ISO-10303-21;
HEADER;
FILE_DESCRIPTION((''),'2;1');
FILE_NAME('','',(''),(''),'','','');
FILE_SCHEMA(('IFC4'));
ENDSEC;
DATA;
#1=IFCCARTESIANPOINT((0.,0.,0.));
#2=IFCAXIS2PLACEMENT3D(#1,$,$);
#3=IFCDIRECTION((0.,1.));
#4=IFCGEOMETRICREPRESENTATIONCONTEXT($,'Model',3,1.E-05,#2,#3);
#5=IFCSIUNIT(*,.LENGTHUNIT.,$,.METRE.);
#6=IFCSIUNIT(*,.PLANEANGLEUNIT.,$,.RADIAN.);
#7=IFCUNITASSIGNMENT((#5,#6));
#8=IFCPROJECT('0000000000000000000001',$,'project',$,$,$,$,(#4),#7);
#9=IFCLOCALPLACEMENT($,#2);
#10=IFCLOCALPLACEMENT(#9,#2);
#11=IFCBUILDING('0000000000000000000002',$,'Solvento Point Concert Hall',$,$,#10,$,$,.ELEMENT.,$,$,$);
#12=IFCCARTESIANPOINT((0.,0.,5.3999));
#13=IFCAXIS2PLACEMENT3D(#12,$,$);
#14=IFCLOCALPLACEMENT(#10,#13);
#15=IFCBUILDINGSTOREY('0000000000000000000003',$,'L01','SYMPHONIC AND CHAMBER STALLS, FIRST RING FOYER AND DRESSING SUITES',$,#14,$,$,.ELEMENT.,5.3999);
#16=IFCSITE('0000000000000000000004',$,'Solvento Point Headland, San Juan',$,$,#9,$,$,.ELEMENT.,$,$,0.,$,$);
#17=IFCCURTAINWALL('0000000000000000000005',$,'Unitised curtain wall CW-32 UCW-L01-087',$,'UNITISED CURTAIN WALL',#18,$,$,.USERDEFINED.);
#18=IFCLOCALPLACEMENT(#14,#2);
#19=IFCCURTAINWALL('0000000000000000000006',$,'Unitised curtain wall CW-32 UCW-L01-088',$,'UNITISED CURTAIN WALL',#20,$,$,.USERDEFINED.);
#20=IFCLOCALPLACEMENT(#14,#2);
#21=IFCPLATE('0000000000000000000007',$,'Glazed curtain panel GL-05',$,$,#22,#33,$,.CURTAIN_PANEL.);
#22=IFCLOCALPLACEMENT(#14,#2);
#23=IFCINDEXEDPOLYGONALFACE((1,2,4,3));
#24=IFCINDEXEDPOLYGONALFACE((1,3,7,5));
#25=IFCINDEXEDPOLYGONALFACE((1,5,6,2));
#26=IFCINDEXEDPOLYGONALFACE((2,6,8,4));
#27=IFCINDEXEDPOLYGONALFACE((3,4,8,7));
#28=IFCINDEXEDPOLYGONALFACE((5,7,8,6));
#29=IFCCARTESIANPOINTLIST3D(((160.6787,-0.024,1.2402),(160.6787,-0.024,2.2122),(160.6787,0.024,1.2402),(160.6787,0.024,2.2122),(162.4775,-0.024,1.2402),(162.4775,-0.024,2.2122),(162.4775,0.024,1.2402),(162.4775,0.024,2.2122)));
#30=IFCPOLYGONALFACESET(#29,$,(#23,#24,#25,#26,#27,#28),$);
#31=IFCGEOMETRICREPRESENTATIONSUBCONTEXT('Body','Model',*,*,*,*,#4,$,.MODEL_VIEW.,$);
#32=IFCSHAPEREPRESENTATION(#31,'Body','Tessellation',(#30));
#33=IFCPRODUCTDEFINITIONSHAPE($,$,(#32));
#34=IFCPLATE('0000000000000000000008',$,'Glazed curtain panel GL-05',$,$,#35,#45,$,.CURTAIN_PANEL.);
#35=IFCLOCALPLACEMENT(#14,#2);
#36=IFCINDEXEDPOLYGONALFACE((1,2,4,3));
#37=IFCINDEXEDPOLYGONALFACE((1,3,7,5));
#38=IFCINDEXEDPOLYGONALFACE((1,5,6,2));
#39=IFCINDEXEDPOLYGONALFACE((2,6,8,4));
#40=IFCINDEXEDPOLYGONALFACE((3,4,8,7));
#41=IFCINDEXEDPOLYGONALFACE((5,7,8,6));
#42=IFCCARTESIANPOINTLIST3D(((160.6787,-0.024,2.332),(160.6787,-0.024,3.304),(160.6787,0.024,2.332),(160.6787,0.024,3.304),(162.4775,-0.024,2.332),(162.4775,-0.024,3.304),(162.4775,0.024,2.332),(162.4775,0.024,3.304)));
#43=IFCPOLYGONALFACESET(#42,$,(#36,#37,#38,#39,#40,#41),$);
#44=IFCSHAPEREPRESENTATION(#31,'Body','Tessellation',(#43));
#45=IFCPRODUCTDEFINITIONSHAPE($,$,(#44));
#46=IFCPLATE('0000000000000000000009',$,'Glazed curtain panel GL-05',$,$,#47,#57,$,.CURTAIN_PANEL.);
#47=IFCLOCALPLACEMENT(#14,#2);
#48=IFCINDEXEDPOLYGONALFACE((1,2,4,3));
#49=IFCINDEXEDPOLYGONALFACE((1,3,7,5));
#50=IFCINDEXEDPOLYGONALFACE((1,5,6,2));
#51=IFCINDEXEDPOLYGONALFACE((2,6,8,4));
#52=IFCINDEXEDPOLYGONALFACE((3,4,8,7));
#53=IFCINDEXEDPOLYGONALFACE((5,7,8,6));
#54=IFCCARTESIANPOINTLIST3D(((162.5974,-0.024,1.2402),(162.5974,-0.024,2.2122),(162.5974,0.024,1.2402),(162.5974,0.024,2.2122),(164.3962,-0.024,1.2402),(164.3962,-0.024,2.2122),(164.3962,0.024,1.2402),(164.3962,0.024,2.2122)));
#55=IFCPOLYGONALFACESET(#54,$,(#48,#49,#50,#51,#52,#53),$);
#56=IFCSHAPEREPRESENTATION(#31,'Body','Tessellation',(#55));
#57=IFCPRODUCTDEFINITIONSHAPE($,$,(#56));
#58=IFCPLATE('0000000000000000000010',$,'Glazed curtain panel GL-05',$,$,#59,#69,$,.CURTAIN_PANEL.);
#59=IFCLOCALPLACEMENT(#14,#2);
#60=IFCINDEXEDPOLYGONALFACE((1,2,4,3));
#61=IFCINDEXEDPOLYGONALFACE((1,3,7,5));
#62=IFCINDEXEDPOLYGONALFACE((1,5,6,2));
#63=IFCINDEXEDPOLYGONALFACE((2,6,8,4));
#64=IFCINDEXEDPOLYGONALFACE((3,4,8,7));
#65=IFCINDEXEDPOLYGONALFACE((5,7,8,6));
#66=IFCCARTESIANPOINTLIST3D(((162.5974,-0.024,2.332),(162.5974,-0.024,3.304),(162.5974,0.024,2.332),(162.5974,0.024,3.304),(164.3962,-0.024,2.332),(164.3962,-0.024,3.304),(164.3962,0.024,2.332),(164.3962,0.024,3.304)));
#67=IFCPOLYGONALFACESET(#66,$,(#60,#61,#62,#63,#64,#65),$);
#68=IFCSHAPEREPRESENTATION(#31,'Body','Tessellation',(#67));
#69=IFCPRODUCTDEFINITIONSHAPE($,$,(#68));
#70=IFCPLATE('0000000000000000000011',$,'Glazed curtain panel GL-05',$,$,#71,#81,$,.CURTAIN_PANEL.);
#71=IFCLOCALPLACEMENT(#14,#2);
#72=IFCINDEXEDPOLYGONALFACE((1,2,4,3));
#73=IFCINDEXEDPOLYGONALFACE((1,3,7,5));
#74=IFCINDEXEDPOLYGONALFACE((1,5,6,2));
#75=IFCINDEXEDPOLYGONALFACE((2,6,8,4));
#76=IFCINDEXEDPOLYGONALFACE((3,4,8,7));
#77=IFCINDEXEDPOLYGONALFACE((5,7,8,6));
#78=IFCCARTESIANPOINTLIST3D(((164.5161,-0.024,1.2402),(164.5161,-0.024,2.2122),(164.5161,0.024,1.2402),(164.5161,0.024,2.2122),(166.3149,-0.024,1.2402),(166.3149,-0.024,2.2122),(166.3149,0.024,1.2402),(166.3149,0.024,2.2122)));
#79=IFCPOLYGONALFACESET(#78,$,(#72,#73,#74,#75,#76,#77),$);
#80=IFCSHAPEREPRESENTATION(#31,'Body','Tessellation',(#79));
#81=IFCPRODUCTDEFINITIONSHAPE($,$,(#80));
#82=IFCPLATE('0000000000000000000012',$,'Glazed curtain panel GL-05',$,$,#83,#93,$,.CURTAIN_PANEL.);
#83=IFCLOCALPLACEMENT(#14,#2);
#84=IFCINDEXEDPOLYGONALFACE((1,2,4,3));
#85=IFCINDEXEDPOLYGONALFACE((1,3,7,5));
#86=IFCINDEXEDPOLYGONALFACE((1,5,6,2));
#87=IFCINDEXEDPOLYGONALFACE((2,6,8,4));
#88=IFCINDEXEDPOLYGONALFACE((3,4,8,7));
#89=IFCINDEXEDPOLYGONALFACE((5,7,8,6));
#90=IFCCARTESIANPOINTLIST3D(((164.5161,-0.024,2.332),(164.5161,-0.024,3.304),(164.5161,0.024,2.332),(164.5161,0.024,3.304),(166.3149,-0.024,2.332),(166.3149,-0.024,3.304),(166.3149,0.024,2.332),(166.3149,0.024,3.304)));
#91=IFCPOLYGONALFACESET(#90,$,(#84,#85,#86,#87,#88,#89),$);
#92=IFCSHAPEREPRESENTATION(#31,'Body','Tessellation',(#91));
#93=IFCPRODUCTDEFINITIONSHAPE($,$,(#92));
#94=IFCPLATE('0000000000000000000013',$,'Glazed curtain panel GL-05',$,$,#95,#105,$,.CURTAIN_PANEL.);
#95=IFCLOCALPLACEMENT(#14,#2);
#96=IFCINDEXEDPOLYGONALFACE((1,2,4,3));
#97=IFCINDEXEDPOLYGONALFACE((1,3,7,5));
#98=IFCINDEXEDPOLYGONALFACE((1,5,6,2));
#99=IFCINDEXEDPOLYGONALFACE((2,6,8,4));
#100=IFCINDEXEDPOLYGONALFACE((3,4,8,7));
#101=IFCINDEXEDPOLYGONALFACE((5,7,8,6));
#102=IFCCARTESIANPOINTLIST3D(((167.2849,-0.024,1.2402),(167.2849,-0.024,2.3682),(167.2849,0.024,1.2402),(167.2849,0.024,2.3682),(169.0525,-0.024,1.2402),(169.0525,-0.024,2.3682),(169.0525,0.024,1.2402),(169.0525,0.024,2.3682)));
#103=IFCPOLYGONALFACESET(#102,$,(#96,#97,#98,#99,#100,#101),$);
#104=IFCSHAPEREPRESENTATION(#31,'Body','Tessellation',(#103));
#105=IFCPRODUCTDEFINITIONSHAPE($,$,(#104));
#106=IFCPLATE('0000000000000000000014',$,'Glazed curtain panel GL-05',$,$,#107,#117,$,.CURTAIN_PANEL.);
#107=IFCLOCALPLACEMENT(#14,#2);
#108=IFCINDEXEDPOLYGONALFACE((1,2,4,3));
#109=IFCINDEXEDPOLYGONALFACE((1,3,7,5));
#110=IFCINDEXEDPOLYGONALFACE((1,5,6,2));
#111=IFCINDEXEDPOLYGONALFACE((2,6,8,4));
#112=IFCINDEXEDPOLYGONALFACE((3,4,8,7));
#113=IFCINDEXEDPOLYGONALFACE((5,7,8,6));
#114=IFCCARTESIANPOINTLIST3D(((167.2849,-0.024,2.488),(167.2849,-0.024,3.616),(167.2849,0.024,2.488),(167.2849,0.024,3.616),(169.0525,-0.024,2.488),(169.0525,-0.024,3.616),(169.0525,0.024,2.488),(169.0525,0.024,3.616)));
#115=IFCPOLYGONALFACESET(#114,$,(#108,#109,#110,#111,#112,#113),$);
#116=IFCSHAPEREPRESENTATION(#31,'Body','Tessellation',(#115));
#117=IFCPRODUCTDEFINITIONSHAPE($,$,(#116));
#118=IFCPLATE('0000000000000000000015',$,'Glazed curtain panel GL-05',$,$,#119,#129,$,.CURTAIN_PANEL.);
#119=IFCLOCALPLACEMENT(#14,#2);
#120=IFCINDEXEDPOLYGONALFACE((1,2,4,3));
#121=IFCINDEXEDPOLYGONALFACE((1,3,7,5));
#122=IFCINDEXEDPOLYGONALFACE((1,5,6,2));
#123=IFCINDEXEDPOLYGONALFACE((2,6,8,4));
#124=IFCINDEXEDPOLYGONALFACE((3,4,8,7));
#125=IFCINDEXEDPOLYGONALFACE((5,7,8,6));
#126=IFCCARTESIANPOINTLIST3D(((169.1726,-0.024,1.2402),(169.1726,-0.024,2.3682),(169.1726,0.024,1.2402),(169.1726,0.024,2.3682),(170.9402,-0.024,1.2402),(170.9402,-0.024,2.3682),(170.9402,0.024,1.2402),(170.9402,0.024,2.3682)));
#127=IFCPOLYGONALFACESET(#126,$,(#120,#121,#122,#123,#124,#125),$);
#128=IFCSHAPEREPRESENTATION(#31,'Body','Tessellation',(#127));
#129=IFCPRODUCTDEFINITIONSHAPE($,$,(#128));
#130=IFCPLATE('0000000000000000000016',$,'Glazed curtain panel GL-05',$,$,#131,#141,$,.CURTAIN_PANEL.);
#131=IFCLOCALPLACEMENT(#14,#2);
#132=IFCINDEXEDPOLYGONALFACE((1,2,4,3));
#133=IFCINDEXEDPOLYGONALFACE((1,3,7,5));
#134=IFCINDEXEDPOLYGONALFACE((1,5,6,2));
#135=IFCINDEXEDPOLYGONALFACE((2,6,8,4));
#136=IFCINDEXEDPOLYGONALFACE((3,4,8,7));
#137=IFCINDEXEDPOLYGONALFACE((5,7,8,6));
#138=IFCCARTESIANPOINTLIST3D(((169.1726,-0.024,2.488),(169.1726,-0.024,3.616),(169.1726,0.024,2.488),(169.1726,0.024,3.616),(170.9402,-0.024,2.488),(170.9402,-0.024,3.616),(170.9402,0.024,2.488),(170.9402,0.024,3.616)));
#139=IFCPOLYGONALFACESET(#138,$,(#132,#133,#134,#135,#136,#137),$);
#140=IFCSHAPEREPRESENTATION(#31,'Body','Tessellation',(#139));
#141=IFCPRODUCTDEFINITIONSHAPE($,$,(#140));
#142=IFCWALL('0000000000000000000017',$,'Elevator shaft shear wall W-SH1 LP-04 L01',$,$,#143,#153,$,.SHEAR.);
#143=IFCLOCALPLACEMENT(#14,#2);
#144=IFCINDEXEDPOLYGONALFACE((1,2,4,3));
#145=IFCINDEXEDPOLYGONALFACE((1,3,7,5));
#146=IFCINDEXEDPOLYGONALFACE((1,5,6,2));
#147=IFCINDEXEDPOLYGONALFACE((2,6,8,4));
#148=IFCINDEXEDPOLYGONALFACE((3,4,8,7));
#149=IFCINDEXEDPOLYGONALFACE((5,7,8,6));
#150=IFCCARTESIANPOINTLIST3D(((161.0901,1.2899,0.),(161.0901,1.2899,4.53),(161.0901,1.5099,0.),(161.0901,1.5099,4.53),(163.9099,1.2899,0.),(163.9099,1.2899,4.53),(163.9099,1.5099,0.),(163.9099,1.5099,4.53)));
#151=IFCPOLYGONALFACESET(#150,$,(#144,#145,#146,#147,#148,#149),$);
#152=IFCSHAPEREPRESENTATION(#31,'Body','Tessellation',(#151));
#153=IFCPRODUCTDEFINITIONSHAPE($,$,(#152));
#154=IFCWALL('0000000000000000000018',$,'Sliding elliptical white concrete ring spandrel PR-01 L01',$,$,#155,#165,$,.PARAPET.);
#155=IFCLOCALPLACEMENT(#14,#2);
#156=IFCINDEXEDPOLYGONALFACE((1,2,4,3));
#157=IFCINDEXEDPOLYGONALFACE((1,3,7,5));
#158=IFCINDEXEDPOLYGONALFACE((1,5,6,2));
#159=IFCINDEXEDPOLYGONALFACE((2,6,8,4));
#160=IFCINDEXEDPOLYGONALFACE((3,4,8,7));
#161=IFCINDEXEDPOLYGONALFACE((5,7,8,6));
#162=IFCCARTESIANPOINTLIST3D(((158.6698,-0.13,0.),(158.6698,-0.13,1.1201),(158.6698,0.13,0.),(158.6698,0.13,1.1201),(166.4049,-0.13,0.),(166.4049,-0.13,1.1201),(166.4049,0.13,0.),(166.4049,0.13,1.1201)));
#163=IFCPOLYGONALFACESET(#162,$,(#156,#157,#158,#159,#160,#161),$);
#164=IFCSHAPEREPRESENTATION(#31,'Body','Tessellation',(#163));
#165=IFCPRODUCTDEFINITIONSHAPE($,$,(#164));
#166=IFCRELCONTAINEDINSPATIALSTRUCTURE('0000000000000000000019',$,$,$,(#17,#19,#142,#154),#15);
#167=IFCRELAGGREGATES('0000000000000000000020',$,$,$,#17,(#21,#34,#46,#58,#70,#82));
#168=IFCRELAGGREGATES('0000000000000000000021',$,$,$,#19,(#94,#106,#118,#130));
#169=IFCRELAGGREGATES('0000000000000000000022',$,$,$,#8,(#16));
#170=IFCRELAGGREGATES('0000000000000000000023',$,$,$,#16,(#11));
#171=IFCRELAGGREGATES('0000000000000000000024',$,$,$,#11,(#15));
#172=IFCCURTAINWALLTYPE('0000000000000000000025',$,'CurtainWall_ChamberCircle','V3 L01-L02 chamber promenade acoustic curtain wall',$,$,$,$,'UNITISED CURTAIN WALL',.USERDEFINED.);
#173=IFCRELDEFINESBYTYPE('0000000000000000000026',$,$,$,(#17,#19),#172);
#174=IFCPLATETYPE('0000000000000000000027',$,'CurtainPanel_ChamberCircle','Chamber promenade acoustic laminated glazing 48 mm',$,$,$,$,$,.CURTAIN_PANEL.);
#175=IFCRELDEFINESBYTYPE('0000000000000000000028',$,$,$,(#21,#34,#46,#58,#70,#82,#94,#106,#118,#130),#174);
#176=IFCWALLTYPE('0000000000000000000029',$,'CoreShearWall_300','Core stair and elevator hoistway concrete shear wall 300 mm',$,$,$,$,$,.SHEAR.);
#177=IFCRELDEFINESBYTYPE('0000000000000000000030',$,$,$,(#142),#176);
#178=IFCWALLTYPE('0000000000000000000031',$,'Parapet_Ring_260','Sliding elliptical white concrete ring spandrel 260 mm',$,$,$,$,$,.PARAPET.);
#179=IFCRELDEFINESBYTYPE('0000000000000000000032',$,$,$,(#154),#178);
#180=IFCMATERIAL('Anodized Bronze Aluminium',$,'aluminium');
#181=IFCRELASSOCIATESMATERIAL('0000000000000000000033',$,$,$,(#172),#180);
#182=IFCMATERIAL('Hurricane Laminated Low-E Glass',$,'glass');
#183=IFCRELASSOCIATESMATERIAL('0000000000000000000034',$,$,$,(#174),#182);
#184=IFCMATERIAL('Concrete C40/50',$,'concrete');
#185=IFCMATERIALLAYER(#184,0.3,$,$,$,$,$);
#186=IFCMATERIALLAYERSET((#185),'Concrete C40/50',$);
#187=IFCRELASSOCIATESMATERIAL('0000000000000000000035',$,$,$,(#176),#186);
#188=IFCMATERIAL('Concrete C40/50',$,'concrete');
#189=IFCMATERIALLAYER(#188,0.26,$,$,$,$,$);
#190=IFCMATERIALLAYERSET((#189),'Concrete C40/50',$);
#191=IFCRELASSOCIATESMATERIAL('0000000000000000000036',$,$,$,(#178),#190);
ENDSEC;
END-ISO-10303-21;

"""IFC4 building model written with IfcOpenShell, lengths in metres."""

from ifc_helpers import new_model, si_unit, direction, frame, frame_2d, origin, origin_2d, place, context, subcontext, project, spatial, rectangle, extrude, material, layer, layer_set, type_object, element, aggregate, save


model = new_model("IFC4")

# Units and contexts
model_context = context("Model", 3, precision=1e-05, world=origin(), true_north=direction((0.0, 1.0)))
body_context = subcontext(model_context, "Body", "Model", "MODEL_VIEW")
ifc_project = project(units=[si_unit("LENGTHUNIT", "METRE"), si_unit("PLANEANGLEUNIT", "RADIAN")], contexts=[model_context])

# Site, building, storey
site_placement = place(None, origin())
site = spatial("IfcSite", under=ifc_project, at=site_placement, Name="Solvento Point Headland, San Juan", CompositionType="ELEMENT", RefElevation=0.0)
building_placement = place(site_placement, origin())
building = spatial("IfcBuilding", under=site, at=building_placement, Name="Solvento Point Concert Hall", CompositionType="ELEMENT")
storey_placement = place(building_placement, frame((0.0, 0.0, 5.3999)))
storey = spatial("IfcBuildingStorey", under=building, at=storey_placement, Name="L01", Description="SYMPHONIC AND CHAMBER STALLS, FIRST RING FOYER AND DRESSING SUITES", CompositionType="ELEMENT", Elevation=5.3999)

# Curtain walls
ifc_material_1 = material(Name="Anodized Bronze Aluminium", Category="aluminium")
curtain_wall_type = type_object("IfcCurtainWallType", Name="CurtainWall_ChamberCircle", Description="V3 L01-L02 chamber promenade acoustic curtain wall", ElementType="UNITISED CURTAIN WALL", PredefinedType="USERDEFINED", material=ifc_material_1)
curtain_wall_1_placement = place(storey_placement, origin())
curtain_wall_1 = element("IfcCurtainWall", 1, at=curtain_wall_1_placement, inside=storey, type_object=curtain_wall_type, Name="Unitised curtain wall CW-32 UCW-L01-087", ObjectType="UNITISED CURTAIN WALL", PredefinedType="USERDEFINED")
curtain_wall_2_placement = place(storey_placement, origin())
curtain_wall_2 = element("IfcCurtainWall", 2, at=curtain_wall_2_placement, inside=storey, type_object=curtain_wall_type, Name="Unitised curtain wall CW-32 UCW-L01-088", ObjectType="UNITISED CURTAIN WALL", PredefinedType="USERDEFINED")

# Plates
ifc_material_2 = material(Name="Hurricane Laminated Low-E Glass", Category="glass")
plate_type = type_object("IfcPlateType", Name="CurtainPanel_ChamberCircle", Description="Chamber promenade acoustic laminated glazing 48 mm", PredefinedType="CURTAIN_PANEL", material=ifc_material_2)
plate_1_placement = place(storey_placement, frame((161.5781, 0.0, 1.2402), z_axis=(0.0, 0.0, 1.0), x_axis=(1.0, 0.0, 0.0)))
plate_1 = element("IfcPlate", 3, at=plate_1_placement, type_object=plate_type, Name="Glazed curtain panel GL-05", PredefinedType="CURTAIN_PANEL", context=body_context, shape_type="SweptSolid", body=[
    extrude(rectangle(XDim=1.7988, YDim=0.0481, at=origin_2d()), origin(), (0.0, 0.0, 1.0), 0.9719),
])
plate_2_placement = place(storey_placement, frame((161.5781, 0.0, 2.332), z_axis=(0.0, 0.0, 1.0), x_axis=(1.0, 0.0, 0.0)))
plate_2 = element("IfcPlate", 4, at=plate_2_placement, type_object=plate_type, Name="Glazed curtain panel GL-05", PredefinedType="CURTAIN_PANEL", context=body_context, shape_type="SweptSolid", body=[
    extrude(rectangle(XDim=1.7988, YDim=0.0481, at=origin_2d()), origin(), (0.0, 0.0, 1.0), 0.9719),
])
plate_3_placement = place(storey_placement, frame((163.4968, 0.0, 1.2402), z_axis=(0.0, 0.0, 1.0), x_axis=(1.0, 0.0, 0.0)))
plate_3 = element("IfcPlate", 5, at=plate_3_placement, type_object=plate_type, Name="Glazed curtain panel GL-05", PredefinedType="CURTAIN_PANEL", context=body_context, shape_type="SweptSolid", body=[
    extrude(rectangle(XDim=1.7988, YDim=0.0481, at=origin_2d()), origin(), (0.0, 0.0, 1.0), 0.9719),
])
plate_4_placement = place(storey_placement, frame((163.4968, 0.0, 2.332), z_axis=(0.0, 0.0, 1.0), x_axis=(1.0, 0.0, 0.0)))
plate_4 = element("IfcPlate", 6, at=plate_4_placement, type_object=plate_type, Name="Glazed curtain panel GL-05", PredefinedType="CURTAIN_PANEL", context=body_context, shape_type="SweptSolid", body=[
    extrude(rectangle(XDim=1.7988, YDim=0.0481, at=origin_2d()), origin(), (0.0, 0.0, 1.0), 0.9719),
])
plate_5_placement = place(storey_placement, frame((165.4155, 0.0, 1.2402), z_axis=(0.0, 0.0, 1.0), x_axis=(1.0, 0.0, 0.0)))
plate_5 = element("IfcPlate", 7, at=plate_5_placement, type_object=plate_type, Name="Glazed curtain panel GL-05", PredefinedType="CURTAIN_PANEL", context=body_context, shape_type="SweptSolid", body=[
    extrude(rectangle(XDim=1.7988, YDim=0.0481, at=origin_2d()), origin(), (0.0, 0.0, 1.0), 0.9719),
])
plate_6_placement = place(storey_placement, frame((165.4155, 0.0, 2.332), z_axis=(0.0, 0.0, 1.0), x_axis=(1.0, 0.0, 0.0)))
plate_6 = element("IfcPlate", 8, at=plate_6_placement, type_object=plate_type, Name="Glazed curtain panel GL-05", PredefinedType="CURTAIN_PANEL", context=body_context, shape_type="SweptSolid", body=[
    extrude(rectangle(XDim=1.7988, YDim=0.0481, at=origin_2d()), origin(), (0.0, 0.0, 1.0), 0.9719),
])
aggregate(curtain_wall_1, [plate_1, plate_2, plate_3, plate_4, plate_5, plate_6])
plate_7_placement = place(storey_placement, frame((168.1687, 0.0, 1.2402), z_axis=(0.0, 0.0, 1.0), x_axis=(1.0, 0.0, 0.0)))
plate_7 = element("IfcPlate", 9, at=plate_7_placement, type_object=plate_type, Name="Glazed curtain panel GL-05", PredefinedType="CURTAIN_PANEL", context=body_context, shape_type="SweptSolid", body=[
    extrude(rectangle(XDim=1.7676, YDim=0.0481, at=origin_2d()), origin(), (0.0, 0.0, 1.0), 1.1279),
])
plate_8_placement = place(storey_placement, frame((168.1687, 0.0, 2.488), z_axis=(0.0, 0.0, 1.0), x_axis=(1.0, 0.0, 0.0)))
plate_8 = element("IfcPlate", 10, at=plate_8_placement, type_object=plate_type, Name="Glazed curtain panel GL-05", PredefinedType="CURTAIN_PANEL", context=body_context, shape_type="SweptSolid", body=[
    extrude(rectangle(XDim=1.7676, YDim=0.0481, at=origin_2d()), origin(), (0.0, 0.0, 1.0), 1.1279),
])
plate_9_placement = place(storey_placement, frame((170.0564, 0.0, 1.2402), z_axis=(0.0, 0.0, 1.0), x_axis=(1.0, 0.0, 0.0)))
plate_9 = element("IfcPlate", 11, at=plate_9_placement, type_object=plate_type, Name="Glazed curtain panel GL-05", PredefinedType="CURTAIN_PANEL", context=body_context, shape_type="SweptSolid", body=[
    extrude(rectangle(XDim=1.7676, YDim=0.0481, at=origin_2d()), origin(), (0.0, 0.0, 1.0), 1.1279),
])
plate_10_placement = place(storey_placement, frame((170.0564, 0.0, 2.488), z_axis=(0.0, 0.0, 1.0), x_axis=(1.0, 0.0, 0.0)))
plate_10 = element("IfcPlate", 12, at=plate_10_placement, type_object=plate_type, Name="Glazed curtain panel GL-05", PredefinedType="CURTAIN_PANEL", context=body_context, shape_type="SweptSolid", body=[
    extrude(rectangle(XDim=1.7676, YDim=0.0481, at=origin_2d()), origin(), (0.0, 0.0, 1.0), 1.1279),
])
aggregate(curtain_wall_2, [plate_7, plate_8, plate_9, plate_10])

# Walls
ifc_material_3 = material(Name="Concrete C40/50", Category="concrete")
ifc_layer_1 = layer(ifc_material_3, 0.3)
ifc_layer_set_1 = layer_set([ifc_layer_1], Name="Concrete C40/50")
wall_type_1 = type_object("IfcWallType", Name="CoreShearWall_300", Description="Core stair and elevator hoistway concrete shear wall 300 mm", PredefinedType="SHEAR", material=ifc_layer_set_1)
wall_1_placement = place(storey_placement, frame((161.0901, 1.3999, 0.0), z_axis=(0.0, 0.0, 1.0), x_axis=(1.0, 0.0, 0.0)))
element("IfcWall", 13, at=wall_1_placement, inside=storey, type_object=wall_type_1, Name="Elevator shaft shear wall W-SH1 LP-04 L01", PredefinedType="SHEAR", context=body_context, shape_type="SweptSolid", body=[
    extrude(rectangle(XDim=2.8198, YDim=0.22, at=frame_2d((1.4099, 0.0))), origin(), (0.0, 0.0, 1.0), 4.53),
])
ifc_material_4 = material(Name="Concrete C40/50", Category="concrete")
ifc_layer_2 = layer(ifc_material_4, 0.26)
ifc_layer_set_2 = layer_set([ifc_layer_2], Name="Concrete C40/50")
wall_type_2 = type_object("IfcWallType", Name="Parapet_Ring_260", Description="Sliding elliptical white concrete ring spandrel 260 mm", PredefinedType="PARAPET", material=ifc_layer_set_2)
wall_2_placement = place(storey_placement, frame((166.405, 0.0, 0.0), z_axis=(0.0, 0.0, 1.0), x_axis=(-1.0, 0.0, 0.0)))
element("IfcWall", 14, at=wall_2_placement, inside=storey, type_object=wall_type_2, Name="Sliding elliptical white concrete ring spandrel PR-01 L01", PredefinedType="PARAPET", context=body_context, shape_type="SweptSolid", body=[
    extrude(rectangle(XDim=7.7351, YDim=0.26, at=frame_2d((3.8677, 0.0))), origin(), (0.0, 0.0, 1.0), 1.1201),
])

save(model, "model.ifc")
